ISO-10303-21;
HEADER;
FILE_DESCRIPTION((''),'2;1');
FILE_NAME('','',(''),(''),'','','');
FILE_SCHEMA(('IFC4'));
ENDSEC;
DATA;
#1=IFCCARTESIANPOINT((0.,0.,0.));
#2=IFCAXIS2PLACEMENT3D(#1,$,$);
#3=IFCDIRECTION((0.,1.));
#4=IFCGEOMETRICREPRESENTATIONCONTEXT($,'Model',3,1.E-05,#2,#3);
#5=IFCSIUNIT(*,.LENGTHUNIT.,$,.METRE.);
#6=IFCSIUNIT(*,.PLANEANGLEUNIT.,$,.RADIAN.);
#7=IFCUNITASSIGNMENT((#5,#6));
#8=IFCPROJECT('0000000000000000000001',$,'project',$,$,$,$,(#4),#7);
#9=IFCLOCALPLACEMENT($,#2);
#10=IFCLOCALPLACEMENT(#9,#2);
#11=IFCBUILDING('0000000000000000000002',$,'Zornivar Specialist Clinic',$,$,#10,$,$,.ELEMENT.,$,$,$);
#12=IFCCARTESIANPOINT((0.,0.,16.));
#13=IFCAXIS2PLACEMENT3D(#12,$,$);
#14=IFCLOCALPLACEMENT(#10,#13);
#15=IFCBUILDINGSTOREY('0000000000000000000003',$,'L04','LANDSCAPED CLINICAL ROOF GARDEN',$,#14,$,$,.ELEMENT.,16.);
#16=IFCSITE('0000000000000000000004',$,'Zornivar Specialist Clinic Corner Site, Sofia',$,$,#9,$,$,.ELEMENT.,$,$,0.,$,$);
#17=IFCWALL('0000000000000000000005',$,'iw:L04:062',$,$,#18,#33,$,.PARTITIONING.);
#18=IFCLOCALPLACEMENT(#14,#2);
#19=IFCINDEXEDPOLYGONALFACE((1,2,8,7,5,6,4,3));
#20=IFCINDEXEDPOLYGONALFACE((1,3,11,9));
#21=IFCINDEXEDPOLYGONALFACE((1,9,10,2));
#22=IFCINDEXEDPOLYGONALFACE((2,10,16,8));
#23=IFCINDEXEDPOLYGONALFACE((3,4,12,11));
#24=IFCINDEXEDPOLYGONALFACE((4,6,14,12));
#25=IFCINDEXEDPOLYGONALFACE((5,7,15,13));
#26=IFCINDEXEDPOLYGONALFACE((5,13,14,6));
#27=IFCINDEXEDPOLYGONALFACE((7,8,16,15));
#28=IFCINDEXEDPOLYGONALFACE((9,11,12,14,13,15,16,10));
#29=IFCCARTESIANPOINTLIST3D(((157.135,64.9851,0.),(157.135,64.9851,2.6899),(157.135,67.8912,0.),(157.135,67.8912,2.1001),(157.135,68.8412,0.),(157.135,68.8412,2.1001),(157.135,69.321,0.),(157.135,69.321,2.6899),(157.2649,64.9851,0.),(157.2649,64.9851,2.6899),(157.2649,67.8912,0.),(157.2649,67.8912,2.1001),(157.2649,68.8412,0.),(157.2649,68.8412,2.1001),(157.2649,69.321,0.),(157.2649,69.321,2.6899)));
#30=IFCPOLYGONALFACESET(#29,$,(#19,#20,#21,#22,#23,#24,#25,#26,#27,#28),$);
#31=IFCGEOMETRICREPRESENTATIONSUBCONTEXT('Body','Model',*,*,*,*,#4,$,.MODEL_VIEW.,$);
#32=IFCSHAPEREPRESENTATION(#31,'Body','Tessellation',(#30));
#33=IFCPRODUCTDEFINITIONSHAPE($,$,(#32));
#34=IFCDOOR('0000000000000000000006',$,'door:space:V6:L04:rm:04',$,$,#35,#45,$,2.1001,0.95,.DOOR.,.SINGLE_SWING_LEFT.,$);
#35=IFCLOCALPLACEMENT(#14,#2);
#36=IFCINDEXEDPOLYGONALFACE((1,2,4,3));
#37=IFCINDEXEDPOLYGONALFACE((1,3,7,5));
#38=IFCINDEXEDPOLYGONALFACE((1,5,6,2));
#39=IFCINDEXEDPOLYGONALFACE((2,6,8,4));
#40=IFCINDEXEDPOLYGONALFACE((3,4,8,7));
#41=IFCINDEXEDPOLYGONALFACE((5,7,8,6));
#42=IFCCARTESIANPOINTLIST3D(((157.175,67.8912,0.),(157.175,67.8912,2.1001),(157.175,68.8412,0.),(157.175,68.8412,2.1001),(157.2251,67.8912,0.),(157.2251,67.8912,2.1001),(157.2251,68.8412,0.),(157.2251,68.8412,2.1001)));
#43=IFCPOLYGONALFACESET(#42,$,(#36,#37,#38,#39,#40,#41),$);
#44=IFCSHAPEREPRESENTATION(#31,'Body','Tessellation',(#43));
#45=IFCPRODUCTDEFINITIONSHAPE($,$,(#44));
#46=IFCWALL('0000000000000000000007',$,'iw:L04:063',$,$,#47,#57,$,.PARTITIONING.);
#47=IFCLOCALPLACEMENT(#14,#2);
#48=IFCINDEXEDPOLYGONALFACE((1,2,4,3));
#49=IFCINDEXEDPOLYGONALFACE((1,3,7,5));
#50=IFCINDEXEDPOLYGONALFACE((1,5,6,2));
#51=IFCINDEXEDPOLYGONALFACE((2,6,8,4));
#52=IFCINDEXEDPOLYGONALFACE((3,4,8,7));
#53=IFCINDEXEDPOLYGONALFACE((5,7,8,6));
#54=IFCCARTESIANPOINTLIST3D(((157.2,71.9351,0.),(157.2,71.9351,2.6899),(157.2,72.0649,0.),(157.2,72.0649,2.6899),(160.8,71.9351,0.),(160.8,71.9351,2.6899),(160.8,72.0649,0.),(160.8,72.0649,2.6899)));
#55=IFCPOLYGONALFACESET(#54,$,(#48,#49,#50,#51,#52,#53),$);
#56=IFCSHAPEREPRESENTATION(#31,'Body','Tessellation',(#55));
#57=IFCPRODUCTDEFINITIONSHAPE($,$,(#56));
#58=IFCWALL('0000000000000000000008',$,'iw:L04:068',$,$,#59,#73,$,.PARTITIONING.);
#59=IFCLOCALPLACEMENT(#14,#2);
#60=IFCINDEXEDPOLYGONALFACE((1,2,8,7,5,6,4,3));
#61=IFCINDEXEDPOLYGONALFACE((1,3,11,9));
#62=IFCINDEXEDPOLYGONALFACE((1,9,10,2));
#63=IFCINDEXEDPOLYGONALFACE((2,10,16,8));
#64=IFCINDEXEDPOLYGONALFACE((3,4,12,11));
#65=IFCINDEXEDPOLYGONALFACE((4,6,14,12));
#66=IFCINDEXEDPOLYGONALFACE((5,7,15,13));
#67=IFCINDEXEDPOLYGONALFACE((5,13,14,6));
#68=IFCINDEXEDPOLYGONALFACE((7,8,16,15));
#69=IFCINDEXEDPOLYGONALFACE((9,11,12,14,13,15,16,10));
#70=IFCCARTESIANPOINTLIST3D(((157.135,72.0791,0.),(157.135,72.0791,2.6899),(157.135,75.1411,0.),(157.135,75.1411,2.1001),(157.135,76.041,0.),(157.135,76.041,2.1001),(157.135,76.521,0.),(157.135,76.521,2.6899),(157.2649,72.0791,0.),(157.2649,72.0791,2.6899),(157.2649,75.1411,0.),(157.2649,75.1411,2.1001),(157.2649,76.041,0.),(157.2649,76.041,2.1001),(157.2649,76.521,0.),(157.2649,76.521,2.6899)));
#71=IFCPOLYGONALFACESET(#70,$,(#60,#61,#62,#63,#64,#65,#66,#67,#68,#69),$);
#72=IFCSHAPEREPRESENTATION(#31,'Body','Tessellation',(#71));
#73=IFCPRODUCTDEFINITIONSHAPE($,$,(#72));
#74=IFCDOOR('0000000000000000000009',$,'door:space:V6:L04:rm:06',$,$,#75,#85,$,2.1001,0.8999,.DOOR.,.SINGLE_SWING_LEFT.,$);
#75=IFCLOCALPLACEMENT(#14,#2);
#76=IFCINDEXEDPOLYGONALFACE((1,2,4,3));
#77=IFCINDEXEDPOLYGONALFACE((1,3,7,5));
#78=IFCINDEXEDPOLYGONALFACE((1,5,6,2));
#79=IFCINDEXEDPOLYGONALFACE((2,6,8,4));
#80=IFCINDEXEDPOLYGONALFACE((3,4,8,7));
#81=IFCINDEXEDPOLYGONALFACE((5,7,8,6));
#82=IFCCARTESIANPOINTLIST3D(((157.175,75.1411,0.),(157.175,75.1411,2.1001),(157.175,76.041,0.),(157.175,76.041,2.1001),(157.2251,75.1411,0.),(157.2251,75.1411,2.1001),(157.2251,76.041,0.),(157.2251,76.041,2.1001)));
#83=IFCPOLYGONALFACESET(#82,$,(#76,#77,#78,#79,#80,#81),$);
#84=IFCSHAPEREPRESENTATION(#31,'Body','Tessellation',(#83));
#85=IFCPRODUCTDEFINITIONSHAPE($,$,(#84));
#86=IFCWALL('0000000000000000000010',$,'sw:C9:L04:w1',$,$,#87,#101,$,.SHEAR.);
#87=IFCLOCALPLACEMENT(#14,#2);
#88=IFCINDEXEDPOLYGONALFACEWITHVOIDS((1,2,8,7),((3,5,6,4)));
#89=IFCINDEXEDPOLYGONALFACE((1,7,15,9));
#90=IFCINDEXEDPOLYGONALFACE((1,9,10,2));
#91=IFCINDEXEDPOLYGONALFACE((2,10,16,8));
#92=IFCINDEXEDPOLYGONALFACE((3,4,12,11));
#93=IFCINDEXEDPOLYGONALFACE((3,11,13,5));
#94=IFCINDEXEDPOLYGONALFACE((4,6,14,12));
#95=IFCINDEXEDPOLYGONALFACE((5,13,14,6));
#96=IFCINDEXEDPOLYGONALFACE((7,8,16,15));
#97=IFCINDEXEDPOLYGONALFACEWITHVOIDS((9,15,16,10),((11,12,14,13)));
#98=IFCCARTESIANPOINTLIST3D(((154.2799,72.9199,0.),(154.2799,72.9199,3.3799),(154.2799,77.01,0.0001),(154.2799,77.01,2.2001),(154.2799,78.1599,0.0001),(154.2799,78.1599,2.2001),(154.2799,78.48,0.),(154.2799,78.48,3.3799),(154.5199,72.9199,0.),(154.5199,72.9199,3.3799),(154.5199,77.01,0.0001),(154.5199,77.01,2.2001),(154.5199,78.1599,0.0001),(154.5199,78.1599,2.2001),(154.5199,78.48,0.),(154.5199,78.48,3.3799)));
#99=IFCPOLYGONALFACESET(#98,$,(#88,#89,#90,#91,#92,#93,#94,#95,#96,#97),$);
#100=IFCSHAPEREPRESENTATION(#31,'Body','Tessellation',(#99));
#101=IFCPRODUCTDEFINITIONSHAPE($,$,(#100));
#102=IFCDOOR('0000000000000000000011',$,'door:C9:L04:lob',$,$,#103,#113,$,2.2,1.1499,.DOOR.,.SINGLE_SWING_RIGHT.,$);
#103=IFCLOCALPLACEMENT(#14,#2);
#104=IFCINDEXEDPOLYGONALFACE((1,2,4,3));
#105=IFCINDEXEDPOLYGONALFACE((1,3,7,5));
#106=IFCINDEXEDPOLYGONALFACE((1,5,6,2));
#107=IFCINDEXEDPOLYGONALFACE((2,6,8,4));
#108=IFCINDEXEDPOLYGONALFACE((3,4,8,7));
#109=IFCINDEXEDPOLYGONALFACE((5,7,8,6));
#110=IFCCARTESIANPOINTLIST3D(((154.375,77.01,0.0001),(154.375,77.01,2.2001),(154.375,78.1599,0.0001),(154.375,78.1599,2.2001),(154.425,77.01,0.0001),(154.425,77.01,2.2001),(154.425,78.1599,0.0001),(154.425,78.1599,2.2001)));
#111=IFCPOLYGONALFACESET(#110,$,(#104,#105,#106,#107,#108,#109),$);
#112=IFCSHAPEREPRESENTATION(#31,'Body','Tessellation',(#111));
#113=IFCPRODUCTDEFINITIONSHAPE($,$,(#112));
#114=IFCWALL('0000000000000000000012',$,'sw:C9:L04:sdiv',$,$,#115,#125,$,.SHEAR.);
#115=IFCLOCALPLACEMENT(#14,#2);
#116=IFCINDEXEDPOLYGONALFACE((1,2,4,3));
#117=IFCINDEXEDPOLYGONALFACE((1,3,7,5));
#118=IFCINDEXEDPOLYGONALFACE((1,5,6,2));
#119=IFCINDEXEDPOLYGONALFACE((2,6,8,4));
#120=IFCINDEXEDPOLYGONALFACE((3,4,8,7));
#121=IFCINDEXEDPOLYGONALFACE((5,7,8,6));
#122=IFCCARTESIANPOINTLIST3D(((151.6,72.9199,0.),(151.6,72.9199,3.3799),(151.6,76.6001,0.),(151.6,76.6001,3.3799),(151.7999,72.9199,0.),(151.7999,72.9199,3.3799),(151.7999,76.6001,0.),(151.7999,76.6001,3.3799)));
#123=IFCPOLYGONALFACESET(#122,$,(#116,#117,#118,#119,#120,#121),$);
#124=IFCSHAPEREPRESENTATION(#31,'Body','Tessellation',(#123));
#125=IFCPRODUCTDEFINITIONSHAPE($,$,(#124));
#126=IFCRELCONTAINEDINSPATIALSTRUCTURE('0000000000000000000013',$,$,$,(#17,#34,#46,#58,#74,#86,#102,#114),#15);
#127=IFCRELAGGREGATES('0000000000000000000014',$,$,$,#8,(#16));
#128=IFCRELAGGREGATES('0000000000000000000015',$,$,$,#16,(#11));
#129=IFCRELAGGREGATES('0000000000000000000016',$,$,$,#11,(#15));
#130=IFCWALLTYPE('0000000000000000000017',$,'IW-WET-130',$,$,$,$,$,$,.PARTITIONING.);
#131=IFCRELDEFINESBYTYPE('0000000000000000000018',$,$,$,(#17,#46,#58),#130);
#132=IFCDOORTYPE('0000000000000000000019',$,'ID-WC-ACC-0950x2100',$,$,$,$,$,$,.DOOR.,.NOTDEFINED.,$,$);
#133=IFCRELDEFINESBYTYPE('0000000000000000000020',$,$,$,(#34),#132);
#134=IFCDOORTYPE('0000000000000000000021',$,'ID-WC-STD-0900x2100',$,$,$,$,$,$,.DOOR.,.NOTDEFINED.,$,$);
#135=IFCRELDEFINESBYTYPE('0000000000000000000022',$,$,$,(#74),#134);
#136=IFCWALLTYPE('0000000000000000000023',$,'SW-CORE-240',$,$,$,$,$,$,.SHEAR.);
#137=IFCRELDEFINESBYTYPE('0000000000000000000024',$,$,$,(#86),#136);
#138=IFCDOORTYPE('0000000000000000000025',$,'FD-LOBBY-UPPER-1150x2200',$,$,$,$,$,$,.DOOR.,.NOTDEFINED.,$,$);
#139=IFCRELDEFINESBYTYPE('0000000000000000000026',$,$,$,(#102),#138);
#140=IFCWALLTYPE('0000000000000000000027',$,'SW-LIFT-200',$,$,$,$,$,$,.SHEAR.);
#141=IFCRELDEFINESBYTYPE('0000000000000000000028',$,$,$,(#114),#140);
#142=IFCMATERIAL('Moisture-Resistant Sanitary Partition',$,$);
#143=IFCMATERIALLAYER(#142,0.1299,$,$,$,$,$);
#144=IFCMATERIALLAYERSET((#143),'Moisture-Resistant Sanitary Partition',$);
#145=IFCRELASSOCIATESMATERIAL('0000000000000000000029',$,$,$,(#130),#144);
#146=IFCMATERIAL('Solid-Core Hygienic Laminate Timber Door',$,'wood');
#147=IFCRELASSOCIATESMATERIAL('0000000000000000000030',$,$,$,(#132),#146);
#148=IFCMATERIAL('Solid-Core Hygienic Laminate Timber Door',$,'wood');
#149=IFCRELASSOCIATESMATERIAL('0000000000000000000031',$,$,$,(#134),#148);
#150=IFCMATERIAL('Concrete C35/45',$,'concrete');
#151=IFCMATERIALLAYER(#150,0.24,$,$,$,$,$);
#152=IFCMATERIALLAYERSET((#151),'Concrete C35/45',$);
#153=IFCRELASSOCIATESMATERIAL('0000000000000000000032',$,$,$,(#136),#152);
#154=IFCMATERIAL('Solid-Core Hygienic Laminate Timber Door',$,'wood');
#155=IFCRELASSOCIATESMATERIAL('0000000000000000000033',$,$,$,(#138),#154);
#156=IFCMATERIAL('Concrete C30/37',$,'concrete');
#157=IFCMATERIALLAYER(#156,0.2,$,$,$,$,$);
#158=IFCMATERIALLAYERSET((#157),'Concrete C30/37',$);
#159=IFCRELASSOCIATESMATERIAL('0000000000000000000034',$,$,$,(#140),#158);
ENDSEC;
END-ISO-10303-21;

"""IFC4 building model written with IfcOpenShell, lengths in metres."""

from ifc_helpers import new_model, si_unit, direction, frame, frame_2d, origin, place, context, subcontext, project, spatial, rectangle, extrude, material, layer, layer_set, type_object, element, fill, save


model = new_model("IFC4")

# Units and contexts
model_context = context("Model", 3, precision=1e-05, world=origin(), true_north=direction((0.0, 1.0)))
body_context = subcontext(model_context, "Body", "Model", "MODEL_VIEW")
ifc_project = project(units=[si_unit("LENGTHUNIT", "METRE"), si_unit("PLANEANGLEUNIT", "RADIAN")], contexts=[model_context])

# Site, building, storey
site_placement = place(None, origin())
site = spatial("IfcSite", under=ifc_project, at=site_placement, Name="Zornivar Specialist Clinic Corner Site, Sofia", CompositionType="ELEMENT", RefElevation=0.0)
building_placement = place(site_placement, origin())
building = spatial("IfcBuilding", under=site, at=building_placement, Name="Zornivar Specialist Clinic", CompositionType="ELEMENT")
storey_placement = place(building_placement, frame((0.0, 0.0, 16.0)))
storey = spatial("IfcBuildingStorey", under=building, at=storey_placement, Name="L04", Description="LANDSCAPED CLINICAL ROOF GARDEN", CompositionType="ELEMENT", Elevation=16.0)

# Shared definitions
ifc_material_1 = material(Name="Moisture-Resistant Sanitary Partition")
ifc_layer_1 = layer(ifc_material_1, 0.1299)
ifc_layer_set_1 = layer_set([ifc_layer_1], Name="Moisture-Resistant Sanitary Partition")
wall_type_1 = type_object("IfcWallType", Name="IW-WET-130", PredefinedType="PARTITIONING", material=ifc_layer_set_1)

# Wall, opening, door
wall_1_placement = place(storey_placement, frame((157.2, 64.9851, 0.0), z_axis=(0.0, 0.0, 1.0), x_axis=(0.0, 1.0, 0.0)))
wall_1 = element("IfcWall", 1, at=wall_1_placement, inside=storey, type_object=wall_type_1, Name="iw:L04:062", PredefinedType="PARTITIONING", context=body_context, shape_type="SweptSolid", body=[
    extrude(rectangle(XDim=4.3359, YDim=0.1299, at=frame_2d((2.168, 0.0))), origin(), (0.0, 0.0, 1.0), 2.6899),
])
opening_1_placement = place(wall_1_placement, frame((2.906, 0.0, 0.0)))
opening_1 = element("IfcOpeningElement", 2, at=opening_1_placement, cuts=wall_1, PredefinedType="OPENING", context=body_context, shape_type="SweptSolid", body=[
    extrude(rectangle(XDim=0.95, YDim=2.1001, at=frame_2d((0.4751, 1.05))), frame((0.0, 0.075, 0.0), z_axis=(0.0, -1.0, 0.0), x_axis=(1.0, 0.0, 0.0)), (0.0, 0.0, 1.0), 0.1499),
])
ifc_material_2 = material(Name="Solid-Core Hygienic Laminate Timber Door", Category="wood")
door_type_1 = type_object("IfcDoorType", Name="ID-WC-ACC-0950x2100", OperationType="NOTDEFINED", PredefinedType="DOOR", material=ifc_material_2)
door_1_placement = place(opening_1_placement, origin())
door_1 = element("IfcDoor", 3, at=door_1_placement, inside=storey, type_object=door_type_1, Name="door:space:V6:L04:rm:04", OperationType="SINGLE_SWING_LEFT", OverallHeight=2.1001, OverallWidth=0.95, PredefinedType="DOOR", context=body_context, shape_type="SweptSolid", body=[
    extrude(rectangle(XDim=0.95, YDim=2.1001, at=frame_2d((0.4751, 1.05))), frame((0.0, 0.0249, 0.0), z_axis=(0.0, -1.0, 0.0), x_axis=(1.0, 0.0, 0.0)), (0.0, 0.0, 1.0), 0.05),
])
fill(opening_1, door_1)

# Wall
wall_2_placement = place(storey_placement, frame((157.2, 72.0, 0.0), z_axis=(0.0, 0.0, 1.0), x_axis=(1.0, 0.0, 0.0)))
element("IfcWall", 4, at=wall_2_placement, inside=storey, type_object=wall_type_1, Name="iw:L04:063", PredefinedType="PARTITIONING", context=body_context, shape_type="SweptSolid", body=[
    extrude(rectangle(XDim=3.6001, YDim=0.1299, at=frame_2d((1.8, 0.0))), origin(), (0.0, 0.0, 1.0), 2.6899),
])

# Walls, openings, doors
wall_3_placement = place(storey_placement, frame((157.2, 72.0791, 0.0), z_axis=(0.0, 0.0, 1.0), x_axis=(0.0, 1.0, 0.0)))
wall_3 = element("IfcWall", 5, at=wall_3_placement, inside=storey, type_object=wall_type_1, Name="iw:L04:068", PredefinedType="PARTITIONING", context=body_context, shape_type="SweptSolid", body=[
    extrude(rectangle(XDim=4.4419, YDim=0.1299, at=frame_2d((2.2209, 0.0))), origin(), (0.0, 0.0, 1.0), 2.6899),
])
opening_2_placement = place(wall_3_placement, frame((3.062, 0.0, 0.0)))
opening_2 = element("IfcOpeningElement", 6, at=opening_2_placement, cuts=wall_3, PredefinedType="OPENING", context=body_context, shape_type="SweptSolid", body=[
    extrude(rectangle(XDim=0.8999, YDim=2.1001, at=frame_2d((0.45, 1.05))), frame((0.0, 0.075, 0.0), z_axis=(0.0, -1.0, 0.0), x_axis=(1.0, 0.0, 0.0)), (0.0, 0.0, 1.0), 0.1499),
])
ifc_material_3 = material(Name="Solid-Core Hygienic Laminate Timber Door", Category="wood")
door_type_2 = type_object("IfcDoorType", Name="ID-WC-STD-0900x2100", OperationType="NOTDEFINED", PredefinedType="DOOR", material=ifc_material_3)
door_2_placement = place(opening_2_placement, origin())
door_2 = element("IfcDoor", 7, at=door_2_placement, inside=storey, type_object=door_type_2, Name="door:space:V6:L04:rm:06", OperationType="SINGLE_SWING_LEFT", OverallHeight=2.1001, OverallWidth=0.8999, PredefinedType="DOOR", context=body_context, shape_type="SweptSolid", body=[
    extrude(rectangle(XDim=0.8999, YDim=2.1001, at=frame_2d((0.45, 1.05))), frame((0.0, 0.0249, 0.0), z_axis=(0.0, -1.0, 0.0), x_axis=(1.0, 0.0, 0.0)), (0.0, 0.0, 1.0), 0.05),
])
fill(opening_2, door_2)
ifc_material_4 = material(Name="Concrete C35/45", Category="concrete")
ifc_layer_2 = layer(ifc_material_4, 0.24)
ifc_layer_set_2 = layer_set([ifc_layer_2], Name="Concrete C35/45")
wall_type_2 = type_object("IfcWallType", Name="SW-CORE-240", PredefinedType="SHEAR", material=ifc_layer_set_2)
wall_4_placement = place(storey_placement, frame((154.3999, 72.9199, 0.0), z_axis=(0.0, 0.0, 1.0), x_axis=(0.0, 1.0, 0.0)))
wall_4 = element("IfcWall", 8, at=wall_4_placement, inside=storey, type_object=wall_type_2, Name="sw:C9:L04:w1", PredefinedType="SHEAR", context=body_context, shape_type="SweptSolid", body=[
    extrude(rectangle(XDim=5.5601, YDim=0.24, at=frame_2d((2.78, 0.0))), origin(), (0.0, 0.0, 1.0), 3.3799),
])
opening_3_placement = place(wall_4_placement, frame((4.0901, 0.0, 0.0)))
opening_3 = element("IfcOpeningElement", 9, at=opening_3_placement, cuts=wall_4, PredefinedType="OPENING", context=body_context, shape_type="SweptSolid", body=[
    extrude(rectangle(XDim=1.1499, YDim=2.2, at=frame_2d((0.575, 1.1001))), frame((0.0, 0.1299, 0.0), z_axis=(0.0, -1.0, 0.0), x_axis=(1.0, 0.0, 0.0)), (0.0, 0.0, 1.0), 0.26),
])
ifc_material_5 = material(Name="Solid-Core Hygienic Laminate Timber Door", Category="wood")
door_type_3 = type_object("IfcDoorType", Name="FD-LOBBY-UPPER-1150x2200", OperationType="NOTDEFINED", PredefinedType="DOOR", material=ifc_material_5)
door_3_placement = place(opening_3_placement, origin())
door_3 = element("IfcDoor", 10, at=door_3_placement, inside=storey, type_object=door_type_3, Name="door:C9:L04:lob", OperationType="SINGLE_SWING_RIGHT", OverallHeight=2.2, OverallWidth=1.1499, PredefinedType="DOOR", context=body_context, shape_type="SweptSolid", body=[
    extrude(rectangle(XDim=1.1499, YDim=2.2, at=frame_2d((0.575, 1.1001))), frame((0.0, 0.0249, 0.0), z_axis=(0.0, -1.0, 0.0), x_axis=(1.0, 0.0, 0.0)), (0.0, 0.0, 1.0), 0.05),
])
fill(opening_3, door_3)

# Wall
ifc_material_6 = material(Name="Concrete C30/37", Category="concrete")
ifc_layer_3 = layer(ifc_material_6, 0.2)
ifc_layer_set_3 = layer_set([ifc_layer_3], Name="Concrete C30/37")
wall_type_3 = type_object("IfcWallType", Name="SW-LIFT-200", PredefinedType="SHEAR", material=ifc_layer_set_3)
wall_5_placement = place(storey_placement, frame((151.7, 72.9199, 0.0), z_axis=(0.0, 0.0, 1.0), x_axis=(0.0, 1.0, 0.0)))
element("IfcWall", 11, at=wall_5_placement, inside=storey, type_object=wall_type_3, Name="sw:C9:L04:sdiv", PredefinedType="SHEAR", context=body_context, shape_type="SweptSolid", body=[
    extrude(rectangle(XDim=3.6802, YDim=0.2, at=frame_2d((1.8401, 0.0))), origin(), (0.0, 0.0, 1.0), 3.3799),
])

save(model, "model.ifc")
